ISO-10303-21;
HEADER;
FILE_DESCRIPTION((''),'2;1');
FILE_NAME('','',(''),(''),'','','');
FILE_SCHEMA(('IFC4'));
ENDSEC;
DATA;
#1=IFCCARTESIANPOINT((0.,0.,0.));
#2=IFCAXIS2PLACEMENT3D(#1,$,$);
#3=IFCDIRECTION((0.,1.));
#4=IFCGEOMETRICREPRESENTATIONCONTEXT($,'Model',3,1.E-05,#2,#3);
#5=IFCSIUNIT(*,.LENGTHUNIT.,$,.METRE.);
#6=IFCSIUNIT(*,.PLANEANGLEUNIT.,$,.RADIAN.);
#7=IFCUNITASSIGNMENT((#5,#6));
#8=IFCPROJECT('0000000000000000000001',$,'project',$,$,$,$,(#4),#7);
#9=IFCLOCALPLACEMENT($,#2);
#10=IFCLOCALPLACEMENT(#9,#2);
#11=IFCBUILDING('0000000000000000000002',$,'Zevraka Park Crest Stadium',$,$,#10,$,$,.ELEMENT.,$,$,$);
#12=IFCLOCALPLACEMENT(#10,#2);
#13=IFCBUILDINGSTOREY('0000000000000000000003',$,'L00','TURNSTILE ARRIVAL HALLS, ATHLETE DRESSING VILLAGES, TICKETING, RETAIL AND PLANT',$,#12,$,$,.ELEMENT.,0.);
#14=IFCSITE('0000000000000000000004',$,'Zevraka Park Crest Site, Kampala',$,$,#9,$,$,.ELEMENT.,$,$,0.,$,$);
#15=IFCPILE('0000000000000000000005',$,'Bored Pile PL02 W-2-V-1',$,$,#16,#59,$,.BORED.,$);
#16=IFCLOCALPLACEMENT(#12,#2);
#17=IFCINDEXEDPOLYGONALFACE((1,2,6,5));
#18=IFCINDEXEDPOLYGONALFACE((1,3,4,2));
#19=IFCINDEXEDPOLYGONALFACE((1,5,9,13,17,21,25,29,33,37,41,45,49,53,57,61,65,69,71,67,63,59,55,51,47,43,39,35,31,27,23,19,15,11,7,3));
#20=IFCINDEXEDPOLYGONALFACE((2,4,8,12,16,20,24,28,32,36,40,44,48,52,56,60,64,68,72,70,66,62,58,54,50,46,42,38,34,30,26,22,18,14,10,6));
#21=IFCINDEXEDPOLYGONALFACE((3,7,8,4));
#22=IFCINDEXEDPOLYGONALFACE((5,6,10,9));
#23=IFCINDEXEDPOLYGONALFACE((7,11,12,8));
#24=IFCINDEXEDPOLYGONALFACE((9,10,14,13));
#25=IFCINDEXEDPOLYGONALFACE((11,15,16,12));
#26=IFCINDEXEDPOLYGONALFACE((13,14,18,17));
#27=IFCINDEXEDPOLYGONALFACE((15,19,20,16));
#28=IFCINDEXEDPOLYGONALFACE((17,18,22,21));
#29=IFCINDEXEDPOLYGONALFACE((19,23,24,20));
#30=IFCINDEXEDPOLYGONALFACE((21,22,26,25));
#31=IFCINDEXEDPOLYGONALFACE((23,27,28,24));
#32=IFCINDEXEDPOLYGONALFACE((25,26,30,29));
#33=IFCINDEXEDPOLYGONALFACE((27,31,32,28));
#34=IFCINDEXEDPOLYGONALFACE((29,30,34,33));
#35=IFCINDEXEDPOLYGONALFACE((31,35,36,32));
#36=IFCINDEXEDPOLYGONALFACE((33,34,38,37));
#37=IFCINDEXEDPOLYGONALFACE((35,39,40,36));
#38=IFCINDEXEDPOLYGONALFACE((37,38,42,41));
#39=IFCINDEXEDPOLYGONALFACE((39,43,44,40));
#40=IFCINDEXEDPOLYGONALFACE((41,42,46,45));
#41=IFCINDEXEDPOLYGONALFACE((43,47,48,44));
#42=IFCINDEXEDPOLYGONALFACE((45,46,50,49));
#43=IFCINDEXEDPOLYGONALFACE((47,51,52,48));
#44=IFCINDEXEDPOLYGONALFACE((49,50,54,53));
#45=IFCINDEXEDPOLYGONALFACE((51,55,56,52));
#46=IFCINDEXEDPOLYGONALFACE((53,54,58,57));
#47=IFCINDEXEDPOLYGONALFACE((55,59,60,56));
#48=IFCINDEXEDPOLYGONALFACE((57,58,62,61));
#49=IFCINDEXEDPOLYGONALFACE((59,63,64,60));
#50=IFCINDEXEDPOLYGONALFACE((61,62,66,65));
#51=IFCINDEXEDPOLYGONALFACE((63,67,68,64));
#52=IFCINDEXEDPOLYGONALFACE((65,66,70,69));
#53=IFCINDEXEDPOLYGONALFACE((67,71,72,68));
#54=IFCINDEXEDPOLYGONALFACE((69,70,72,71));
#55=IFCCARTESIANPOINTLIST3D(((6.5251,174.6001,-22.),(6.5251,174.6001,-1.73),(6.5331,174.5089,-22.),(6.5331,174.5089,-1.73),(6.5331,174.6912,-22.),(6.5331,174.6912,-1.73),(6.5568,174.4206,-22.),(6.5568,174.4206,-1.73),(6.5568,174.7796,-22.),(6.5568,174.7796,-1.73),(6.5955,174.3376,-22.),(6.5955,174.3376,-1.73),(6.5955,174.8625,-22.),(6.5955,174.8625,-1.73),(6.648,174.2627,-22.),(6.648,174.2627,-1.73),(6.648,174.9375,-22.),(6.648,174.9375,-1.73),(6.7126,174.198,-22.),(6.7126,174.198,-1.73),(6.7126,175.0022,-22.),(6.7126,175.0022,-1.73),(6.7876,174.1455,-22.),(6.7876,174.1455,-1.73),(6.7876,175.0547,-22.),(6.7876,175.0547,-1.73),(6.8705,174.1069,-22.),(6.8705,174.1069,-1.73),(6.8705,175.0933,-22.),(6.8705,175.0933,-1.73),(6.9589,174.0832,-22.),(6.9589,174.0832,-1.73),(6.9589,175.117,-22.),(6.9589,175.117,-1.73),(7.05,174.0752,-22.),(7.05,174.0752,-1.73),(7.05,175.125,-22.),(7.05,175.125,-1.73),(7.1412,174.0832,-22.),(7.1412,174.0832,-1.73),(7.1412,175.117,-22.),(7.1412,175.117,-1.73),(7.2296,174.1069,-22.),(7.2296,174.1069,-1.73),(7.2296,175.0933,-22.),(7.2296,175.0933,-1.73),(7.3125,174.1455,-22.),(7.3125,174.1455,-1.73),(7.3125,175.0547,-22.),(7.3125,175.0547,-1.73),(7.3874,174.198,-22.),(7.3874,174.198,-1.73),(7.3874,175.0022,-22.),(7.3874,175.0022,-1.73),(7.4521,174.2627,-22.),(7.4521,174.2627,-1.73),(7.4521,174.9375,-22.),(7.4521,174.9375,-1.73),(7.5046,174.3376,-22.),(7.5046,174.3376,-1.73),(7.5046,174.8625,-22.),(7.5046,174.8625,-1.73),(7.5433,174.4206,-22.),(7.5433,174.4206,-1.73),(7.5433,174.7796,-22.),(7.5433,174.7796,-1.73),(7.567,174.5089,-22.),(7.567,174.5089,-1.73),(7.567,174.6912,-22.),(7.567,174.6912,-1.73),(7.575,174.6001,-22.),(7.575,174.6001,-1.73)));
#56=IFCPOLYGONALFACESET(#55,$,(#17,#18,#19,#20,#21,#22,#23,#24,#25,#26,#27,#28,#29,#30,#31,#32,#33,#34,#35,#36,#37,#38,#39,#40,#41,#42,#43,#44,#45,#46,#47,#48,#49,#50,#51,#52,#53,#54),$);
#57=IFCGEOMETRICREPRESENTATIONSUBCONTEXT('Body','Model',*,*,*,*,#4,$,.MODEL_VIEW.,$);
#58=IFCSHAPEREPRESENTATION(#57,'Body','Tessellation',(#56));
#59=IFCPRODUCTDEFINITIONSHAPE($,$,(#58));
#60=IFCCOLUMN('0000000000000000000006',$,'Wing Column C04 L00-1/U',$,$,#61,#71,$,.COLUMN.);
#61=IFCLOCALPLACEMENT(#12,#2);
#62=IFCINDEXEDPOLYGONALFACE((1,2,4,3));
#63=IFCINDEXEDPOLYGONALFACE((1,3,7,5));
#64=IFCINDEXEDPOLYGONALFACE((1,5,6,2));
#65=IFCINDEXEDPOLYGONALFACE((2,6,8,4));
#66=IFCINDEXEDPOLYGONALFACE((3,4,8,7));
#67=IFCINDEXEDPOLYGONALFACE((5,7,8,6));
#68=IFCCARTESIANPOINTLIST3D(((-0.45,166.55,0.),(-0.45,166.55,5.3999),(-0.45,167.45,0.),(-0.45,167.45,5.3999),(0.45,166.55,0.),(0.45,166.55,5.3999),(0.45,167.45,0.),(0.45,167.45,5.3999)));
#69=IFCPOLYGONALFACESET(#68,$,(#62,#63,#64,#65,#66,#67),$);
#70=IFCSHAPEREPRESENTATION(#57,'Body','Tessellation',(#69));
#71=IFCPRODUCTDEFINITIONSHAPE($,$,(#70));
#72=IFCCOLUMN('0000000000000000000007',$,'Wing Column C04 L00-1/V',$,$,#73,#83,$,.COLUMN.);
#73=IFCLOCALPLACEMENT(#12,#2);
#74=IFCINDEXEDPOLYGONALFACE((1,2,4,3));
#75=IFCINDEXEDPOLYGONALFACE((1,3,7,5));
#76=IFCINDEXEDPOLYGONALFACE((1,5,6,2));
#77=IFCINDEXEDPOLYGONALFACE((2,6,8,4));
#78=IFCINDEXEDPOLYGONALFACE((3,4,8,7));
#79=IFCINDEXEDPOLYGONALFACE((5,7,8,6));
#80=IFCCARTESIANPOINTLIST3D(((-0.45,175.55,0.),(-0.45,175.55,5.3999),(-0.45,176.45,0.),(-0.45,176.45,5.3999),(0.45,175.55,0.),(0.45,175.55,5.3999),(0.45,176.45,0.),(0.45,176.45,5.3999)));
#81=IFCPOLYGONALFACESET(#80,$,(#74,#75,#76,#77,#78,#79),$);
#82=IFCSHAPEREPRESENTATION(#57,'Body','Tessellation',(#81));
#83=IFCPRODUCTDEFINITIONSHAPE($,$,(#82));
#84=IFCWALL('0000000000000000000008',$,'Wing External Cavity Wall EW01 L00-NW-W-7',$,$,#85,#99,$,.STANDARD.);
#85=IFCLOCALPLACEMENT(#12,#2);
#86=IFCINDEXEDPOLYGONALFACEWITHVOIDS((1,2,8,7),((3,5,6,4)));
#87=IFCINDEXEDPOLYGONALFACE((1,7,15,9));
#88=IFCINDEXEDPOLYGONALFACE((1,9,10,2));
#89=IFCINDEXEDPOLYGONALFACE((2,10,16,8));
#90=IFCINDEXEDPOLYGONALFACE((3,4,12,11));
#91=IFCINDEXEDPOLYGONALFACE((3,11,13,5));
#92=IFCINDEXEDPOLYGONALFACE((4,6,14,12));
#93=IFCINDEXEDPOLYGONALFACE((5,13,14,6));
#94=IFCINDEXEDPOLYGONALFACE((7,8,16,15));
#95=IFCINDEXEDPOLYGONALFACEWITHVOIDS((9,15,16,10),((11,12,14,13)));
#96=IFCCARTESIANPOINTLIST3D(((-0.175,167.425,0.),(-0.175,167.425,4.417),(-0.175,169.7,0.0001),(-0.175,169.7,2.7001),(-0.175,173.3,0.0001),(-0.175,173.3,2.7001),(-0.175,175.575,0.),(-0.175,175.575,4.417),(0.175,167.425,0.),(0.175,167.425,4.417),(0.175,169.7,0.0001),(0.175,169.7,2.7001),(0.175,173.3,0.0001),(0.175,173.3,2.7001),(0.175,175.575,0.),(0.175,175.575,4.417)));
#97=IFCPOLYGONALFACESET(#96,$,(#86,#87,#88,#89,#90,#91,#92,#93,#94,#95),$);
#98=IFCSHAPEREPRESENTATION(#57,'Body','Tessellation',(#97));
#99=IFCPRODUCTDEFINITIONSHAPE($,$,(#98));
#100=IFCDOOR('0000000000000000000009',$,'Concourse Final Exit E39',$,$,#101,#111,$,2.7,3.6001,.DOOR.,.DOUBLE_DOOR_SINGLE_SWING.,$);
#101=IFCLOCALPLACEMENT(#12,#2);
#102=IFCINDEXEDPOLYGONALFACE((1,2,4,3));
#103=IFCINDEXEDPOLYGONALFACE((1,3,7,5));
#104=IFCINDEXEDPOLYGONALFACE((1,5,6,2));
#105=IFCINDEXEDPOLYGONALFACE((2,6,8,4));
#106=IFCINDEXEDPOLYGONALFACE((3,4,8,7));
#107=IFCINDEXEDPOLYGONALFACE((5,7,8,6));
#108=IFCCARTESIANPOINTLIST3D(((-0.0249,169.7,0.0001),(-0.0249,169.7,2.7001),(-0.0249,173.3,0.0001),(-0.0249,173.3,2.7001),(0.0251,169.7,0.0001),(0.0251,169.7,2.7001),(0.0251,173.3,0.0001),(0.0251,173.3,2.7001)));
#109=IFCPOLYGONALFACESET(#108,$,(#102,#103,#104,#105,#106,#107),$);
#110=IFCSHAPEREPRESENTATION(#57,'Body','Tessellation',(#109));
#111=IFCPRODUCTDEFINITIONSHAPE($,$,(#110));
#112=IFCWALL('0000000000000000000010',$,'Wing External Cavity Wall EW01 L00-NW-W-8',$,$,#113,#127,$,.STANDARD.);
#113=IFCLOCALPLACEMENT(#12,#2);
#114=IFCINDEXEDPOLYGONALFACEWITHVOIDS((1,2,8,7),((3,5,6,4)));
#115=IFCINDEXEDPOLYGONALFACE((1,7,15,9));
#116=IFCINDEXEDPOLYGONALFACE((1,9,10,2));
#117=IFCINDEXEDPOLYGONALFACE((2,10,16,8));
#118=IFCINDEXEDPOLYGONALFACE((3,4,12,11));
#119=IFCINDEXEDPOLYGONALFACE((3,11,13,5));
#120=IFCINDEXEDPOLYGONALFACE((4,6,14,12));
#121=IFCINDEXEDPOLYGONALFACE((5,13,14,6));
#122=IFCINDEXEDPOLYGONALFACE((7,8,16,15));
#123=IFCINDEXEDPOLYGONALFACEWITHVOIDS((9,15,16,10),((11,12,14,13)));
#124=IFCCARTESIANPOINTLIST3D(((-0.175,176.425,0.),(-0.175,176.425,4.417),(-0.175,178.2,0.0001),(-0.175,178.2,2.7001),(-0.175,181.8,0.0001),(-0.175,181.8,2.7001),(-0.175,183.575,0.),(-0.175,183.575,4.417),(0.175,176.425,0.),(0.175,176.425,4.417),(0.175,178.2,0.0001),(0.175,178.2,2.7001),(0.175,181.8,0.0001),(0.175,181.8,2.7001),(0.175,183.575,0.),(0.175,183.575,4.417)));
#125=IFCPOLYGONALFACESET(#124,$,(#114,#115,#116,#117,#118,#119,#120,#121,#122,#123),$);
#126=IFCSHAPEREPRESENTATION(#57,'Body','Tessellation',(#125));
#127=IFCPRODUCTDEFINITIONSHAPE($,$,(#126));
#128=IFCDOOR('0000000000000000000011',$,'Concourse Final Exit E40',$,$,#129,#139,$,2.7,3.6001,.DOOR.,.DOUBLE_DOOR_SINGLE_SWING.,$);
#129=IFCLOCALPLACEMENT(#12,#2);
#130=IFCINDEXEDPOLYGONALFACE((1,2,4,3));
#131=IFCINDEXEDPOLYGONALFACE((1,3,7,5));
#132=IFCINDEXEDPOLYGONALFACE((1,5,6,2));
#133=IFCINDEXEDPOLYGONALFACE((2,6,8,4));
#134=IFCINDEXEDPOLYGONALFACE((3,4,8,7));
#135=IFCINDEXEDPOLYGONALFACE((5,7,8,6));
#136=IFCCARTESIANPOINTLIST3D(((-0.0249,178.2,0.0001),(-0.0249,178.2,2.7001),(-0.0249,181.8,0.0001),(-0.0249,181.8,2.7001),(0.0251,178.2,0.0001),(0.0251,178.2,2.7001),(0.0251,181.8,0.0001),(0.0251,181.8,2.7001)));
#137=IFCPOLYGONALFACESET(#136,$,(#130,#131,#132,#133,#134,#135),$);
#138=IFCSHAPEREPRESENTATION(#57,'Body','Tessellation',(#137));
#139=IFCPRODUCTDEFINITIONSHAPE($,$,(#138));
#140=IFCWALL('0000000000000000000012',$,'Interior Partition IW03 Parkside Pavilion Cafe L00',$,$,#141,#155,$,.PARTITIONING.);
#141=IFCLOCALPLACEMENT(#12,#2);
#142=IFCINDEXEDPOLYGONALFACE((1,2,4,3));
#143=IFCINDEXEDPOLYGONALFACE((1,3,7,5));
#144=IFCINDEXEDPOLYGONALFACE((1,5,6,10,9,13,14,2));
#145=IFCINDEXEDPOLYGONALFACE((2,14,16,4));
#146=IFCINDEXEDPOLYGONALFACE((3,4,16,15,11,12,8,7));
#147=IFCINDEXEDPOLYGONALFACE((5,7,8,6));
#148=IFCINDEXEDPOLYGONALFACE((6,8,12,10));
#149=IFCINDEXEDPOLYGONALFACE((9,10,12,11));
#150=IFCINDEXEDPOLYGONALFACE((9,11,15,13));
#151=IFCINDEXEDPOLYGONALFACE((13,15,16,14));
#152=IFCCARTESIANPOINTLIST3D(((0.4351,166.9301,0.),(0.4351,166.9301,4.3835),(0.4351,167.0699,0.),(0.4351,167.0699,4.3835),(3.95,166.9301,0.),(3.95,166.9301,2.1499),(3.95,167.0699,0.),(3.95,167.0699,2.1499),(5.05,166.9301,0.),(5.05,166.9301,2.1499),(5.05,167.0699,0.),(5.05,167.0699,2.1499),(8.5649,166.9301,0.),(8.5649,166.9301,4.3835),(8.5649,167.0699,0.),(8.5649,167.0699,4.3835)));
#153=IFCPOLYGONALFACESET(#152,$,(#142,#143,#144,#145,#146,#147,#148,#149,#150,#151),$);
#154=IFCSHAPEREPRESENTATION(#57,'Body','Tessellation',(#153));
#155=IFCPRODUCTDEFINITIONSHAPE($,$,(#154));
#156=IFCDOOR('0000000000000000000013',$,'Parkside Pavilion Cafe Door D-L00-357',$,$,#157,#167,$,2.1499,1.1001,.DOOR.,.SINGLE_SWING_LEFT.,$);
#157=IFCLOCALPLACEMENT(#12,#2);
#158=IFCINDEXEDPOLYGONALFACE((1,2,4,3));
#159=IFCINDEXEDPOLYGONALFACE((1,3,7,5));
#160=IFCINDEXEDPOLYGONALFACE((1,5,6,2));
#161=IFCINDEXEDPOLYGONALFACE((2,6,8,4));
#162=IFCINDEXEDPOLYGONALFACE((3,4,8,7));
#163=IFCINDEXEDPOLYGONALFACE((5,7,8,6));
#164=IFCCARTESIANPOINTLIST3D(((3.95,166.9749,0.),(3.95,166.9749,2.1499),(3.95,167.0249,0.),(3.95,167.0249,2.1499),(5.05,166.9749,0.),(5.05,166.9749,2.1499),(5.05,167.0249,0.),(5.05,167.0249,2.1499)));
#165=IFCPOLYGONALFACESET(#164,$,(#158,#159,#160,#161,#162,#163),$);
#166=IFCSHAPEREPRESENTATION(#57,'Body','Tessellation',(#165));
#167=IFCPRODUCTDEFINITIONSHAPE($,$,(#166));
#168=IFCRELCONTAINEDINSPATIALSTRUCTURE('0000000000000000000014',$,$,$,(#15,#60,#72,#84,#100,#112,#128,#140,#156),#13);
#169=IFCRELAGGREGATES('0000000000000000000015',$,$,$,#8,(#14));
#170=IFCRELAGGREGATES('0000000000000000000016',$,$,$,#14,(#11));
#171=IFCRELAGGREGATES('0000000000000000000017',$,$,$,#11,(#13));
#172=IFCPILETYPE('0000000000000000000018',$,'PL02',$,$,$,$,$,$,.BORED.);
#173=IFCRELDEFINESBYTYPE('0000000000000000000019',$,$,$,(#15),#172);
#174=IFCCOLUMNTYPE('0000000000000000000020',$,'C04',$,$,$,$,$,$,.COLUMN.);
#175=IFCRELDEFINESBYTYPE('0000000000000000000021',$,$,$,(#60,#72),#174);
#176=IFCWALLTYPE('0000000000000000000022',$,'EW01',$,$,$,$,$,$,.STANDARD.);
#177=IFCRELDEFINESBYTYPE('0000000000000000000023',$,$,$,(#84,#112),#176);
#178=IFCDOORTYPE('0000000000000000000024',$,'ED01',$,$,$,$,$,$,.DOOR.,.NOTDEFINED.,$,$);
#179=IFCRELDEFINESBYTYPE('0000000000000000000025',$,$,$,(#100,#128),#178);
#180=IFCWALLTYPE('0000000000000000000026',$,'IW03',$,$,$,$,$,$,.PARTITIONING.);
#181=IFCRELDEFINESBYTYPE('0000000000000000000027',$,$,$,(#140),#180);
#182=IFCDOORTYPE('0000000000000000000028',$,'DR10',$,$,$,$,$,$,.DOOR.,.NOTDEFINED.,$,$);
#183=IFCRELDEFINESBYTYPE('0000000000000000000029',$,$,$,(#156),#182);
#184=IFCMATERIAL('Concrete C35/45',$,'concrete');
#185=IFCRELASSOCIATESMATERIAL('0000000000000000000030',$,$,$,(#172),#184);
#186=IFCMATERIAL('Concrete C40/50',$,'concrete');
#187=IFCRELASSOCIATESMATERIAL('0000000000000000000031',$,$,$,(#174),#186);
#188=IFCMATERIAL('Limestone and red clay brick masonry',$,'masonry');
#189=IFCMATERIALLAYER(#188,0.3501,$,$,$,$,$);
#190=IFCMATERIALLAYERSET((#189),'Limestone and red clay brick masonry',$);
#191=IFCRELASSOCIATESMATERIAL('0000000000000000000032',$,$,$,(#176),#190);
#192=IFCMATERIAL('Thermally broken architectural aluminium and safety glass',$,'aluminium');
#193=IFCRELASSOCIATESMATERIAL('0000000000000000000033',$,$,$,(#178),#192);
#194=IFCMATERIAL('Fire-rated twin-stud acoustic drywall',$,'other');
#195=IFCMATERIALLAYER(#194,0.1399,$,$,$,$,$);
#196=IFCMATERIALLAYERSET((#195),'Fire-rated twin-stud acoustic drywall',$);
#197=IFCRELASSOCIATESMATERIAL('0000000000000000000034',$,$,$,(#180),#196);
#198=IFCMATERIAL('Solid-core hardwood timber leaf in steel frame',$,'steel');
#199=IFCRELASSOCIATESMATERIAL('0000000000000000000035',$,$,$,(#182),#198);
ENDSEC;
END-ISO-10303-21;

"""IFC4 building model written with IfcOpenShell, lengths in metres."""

from ifc_helpers import new_model, si_unit, direction, frame, frame_2d, origin, origin_2d, place, context, subcontext, project, spatial, rectangle, circle, extrude, material, layer, layer_set, material_profile, profile_set, type_object, element, fill, save


model = new_model("IFC4")

# Units and contexts
model_context = context("Model", 3, precision=1e-05, world=origin(), true_north=direction((0.0, 1.0)))
body_context = subcontext(model_context, "Body", "Model", "MODEL_VIEW")
ifc_project = project(units=[si_unit("LENGTHUNIT", "METRE"), si_unit("PLANEANGLEUNIT", "RADIAN")], contexts=[model_context])

# Site, building, storey
site_placement = place(None, origin())
site = spatial("IfcSite", under=ifc_project, at=site_placement, Name="Zevraka Park Crest Site, Kampala", CompositionType="ELEMENT", RefElevation=0.0)
building_placement = place(site_placement, origin())
building = spatial("IfcBuilding", under=site, at=building_placement, Name="Zevraka Park Crest Stadium", CompositionType="ELEMENT")
storey_placement = place(building_placement, origin())
storey = spatial("IfcBuildingStorey", under=building, at=storey_placement, Name="L00", Description="TURNSTILE ARRIVAL HALLS, ATHLETE DRESSING VILLAGES, TICKETING, RETAIL AND PLANT", CompositionType="ELEMENT", Elevation=0.0)

# Pile
ifc_material_1 = material(Name="Concrete C35/45", Category="concrete")
ifc_material_profile_1 = material_profile(ifc_material_1, circle(Radius=0.5249, at=origin_2d()), Name="PILE D1050")
ifc_profile_set_1 = profile_set([ifc_material_profile_1], Name="Concrete C35/45")
pile_type_1 = type_object("IfcPileType", Name="PL02", PredefinedType="BORED", material=ifc_profile_set_1)
pile_placement = place(storey_placement, frame((7.05, 174.6001, -1.73), z_axis=(0.0, 0.0, -1.0), x_axis=(1.0, 0.0, 0.0)))
element("IfcPile", 1, at=pile_placement, inside=storey, type_object=pile_type_1, Name="Bored Pile PL02 W-2-V-1", PredefinedType="BORED", context=body_context, shape_type="SweptSolid", body=[
    extrude(circle(Radius=0.5249, at=origin_2d()), origin(), (0.0, 0.0, 1.0), 20.27),
])

# Columns
ifc_material_2 = material(Name="Concrete C40/50", Category="concrete")
ifc_material_profile_2 = material_profile(ifc_material_2, rectangle(XDim=0.8999, YDim=0.8999, at=origin_2d()), Name="RC 900x900")
ifc_profile_set_2 = profile_set([ifc_material_profile_2], Name="Concrete C40/50")
column_type = type_object("IfcColumnType", Name="C04", PredefinedType="COLUMN", material=ifc_profile_set_2)
for number, where, z_axis, x_axis, name in (
    (2, (0.0, 167.0, 0.0), (0.0, 0.0, 1.0), (1.0, 0.0, 0.0), "Wing Column C04 L00-1/U"),
    (3, (0.0, 176.0, 0.0), (0.0, 0.0, 1.0), (1.0, 0.0, 0.0), "Wing Column C04 L00-1/V"),
):
    element("IfcColumn", number, at=place(storey_placement, frame(where, z_axis=z_axis, x_axis=x_axis)), inside=storey, type_object=column_type, Name=name, PredefinedType="COLUMN", context=body_context, shape_type="SweptSolid", body=[
        extrude(rectangle(XDim=0.8999, YDim=0.8999, at=origin_2d()), origin(), (0.0, 0.0, 1.0), 5.3999),
    ])

# Walls, openings, doors
ifc_material_3 = material(Name="Limestone and red clay brick masonry", Category="masonry")
ifc_layer_1 = layer(ifc_material_3, 0.3501)
ifc_layer_set_1 = layer_set([ifc_layer_1], Name="Limestone and red clay brick masonry")
wall_type_1 = type_object("IfcWallType", Name="EW01", PredefinedType="STANDARD", material=ifc_layer_set_1)
wall_1_placement = place(storey_placement, frame((0.0, 167.425, 0.0), z_axis=(0.0, 0.0, 1.0), x_axis=(0.0, 1.0, 0.0)))
wall_1 = element("IfcWall", 4, at=wall_1_placement, inside=storey, type_object=wall_type_1, Name="Wing External Cavity Wall EW01 L00-NW-W-7", PredefinedType="STANDARD", context=body_context, shape_type="SweptSolid", body=[
    extrude(rectangle(XDim=8.1499, YDim=0.3501, at=frame_2d((4.075, 0.0))), origin(), (0.0, 0.0, 1.0), 4.417),
])
opening_1_placement = place(wall_1_placement, frame((2.2749, 0.0, 0.0)))
opening_1 = element("IfcOpeningElement", 5, at=opening_1_placement, cuts=wall_1, PredefinedType="OPENING", context=body_context, shape_type="SweptSolid", body=[
    extrude(rectangle(XDim=3.6001, YDim=2.7, at=frame_2d((1.8, 1.3501))), frame((0.0, 0.1851, 0.0), z_axis=(0.0, -1.0, 0.0), x_axis=(1.0, 0.0, 0.0)), (0.0, 0.0, 1.0), 0.3701),
])
ifc_material_4 = material(Name="Thermally broken architectural aluminium and safety glass", Category="aluminium")
door_type_1 = type_object("IfcDoorType", Name="ED01", OperationType="NOTDEFINED", PredefinedType="DOOR", material=ifc_material_4)
door_1_placement = place(opening_1_placement, origin())
door_1 = element("IfcDoor", 6, at=door_1_placement, inside=storey, type_object=door_type_1, Name="Concourse Final Exit E39", OperationType="DOUBLE_DOOR_SINGLE_SWING", OverallHeight=2.7, OverallWidth=3.6001, PredefinedType="DOOR", context=body_context, shape_type="SweptSolid", body=[
    extrude(rectangle(XDim=3.6001, YDim=2.7, at=frame_2d((1.8, 1.3501))), frame((0.0, 0.0249, 0.0), z_axis=(0.0, -1.0, 0.0), x_axis=(1.0, 0.0, 0.0)), (0.0, 0.0, 1.0), 0.05),
])
fill(opening_1, door_1)
wall_2_placement = place(storey_placement, frame((0.0, 176.425, 0.0), z_axis=(0.0, 0.0, 1.0), x_axis=(0.0, 1.0, 0.0)))
wall_2 = element("IfcWall", 7, at=wall_2_placement, inside=storey, type_object=wall_type_1, Name="Wing External Cavity Wall EW01 L00-NW-W-8", PredefinedType="STANDARD", context=body_context, shape_type="SweptSolid", body=[
    extrude(rectangle(XDim=7.1499, YDim=0.3501, at=frame_2d((3.575, 0.0))), origin(), (0.0, 0.0, 1.0), 4.417),
])
opening_2_placement = place(wall_2_placement, frame((1.7749, 0.0, 0.0)))
opening_2 = element("IfcOpeningElement", 8, at=opening_2_placement, cuts=wall_2, PredefinedType="OPENING", context=body_context, shape_type="SweptSolid", body=[
    extrude(rectangle(XDim=3.6001, YDim=2.7, at=frame_2d((1.8, 1.3501))), frame((0.0, 0.1851, 0.0), z_axis=(0.0, -1.0, 0.0), x_axis=(1.0, 0.0, 0.0)), (0.0, 0.0, 1.0), 0.3701),
])
door_2_placement = place(opening_2_placement, origin())
door_2 = element("IfcDoor", 9, at=door_2_placement, inside=storey, type_object=door_type_1, Name="Concourse Final Exit E40", OperationType="DOUBLE_DOOR_SINGLE_SWING", OverallHeight=2.7, OverallWidth=3.6001, PredefinedType="DOOR", context=body_context, shape_type="SweptSolid", body=[
    extrude(rectangle(XDim=3.6001, YDim=2.7, at=frame_2d((1.8, 1.3501))), frame((0.0, 0.0249, 0.0), z_axis=(0.0, -1.0, 0.0), x_axis=(1.0, 0.0, 0.0)), (0.0, 0.0, 1.0), 0.05),
])
fill(opening_2, door_2)
ifc_material_5 = material(Name="Fire-rated twin-stud acoustic drywall", Category="other")
ifc_layer_2 = layer(ifc_material_5, 0.1399)
ifc_layer_set_2 = layer_set([ifc_layer_2], Name="Fire-rated twin-stud acoustic drywall")
wall_type_2 = type_object("IfcWallType", Name="IW03", PredefinedType="PARTITIONING", material=ifc_layer_set_2)
wall_3_placement = place(storey_placement, frame((0.4351, 167.0, 0.0), z_axis=(0.0, 0.0, 1.0), x_axis=(1.0, 0.0, 0.0)))
wall_3 = element("IfcWall", 10, at=wall_3_placement, inside=storey, type_object=wall_type_2, Name="Interior Partition IW03 Parkside Pavilion Cafe L00", PredefinedType="PARTITIONING", context=body_context, shape_type="SweptSolid", body=[
    extrude(rectangle(XDim=8.1299, YDim=0.1399, at=frame_2d((4.0649, 0.0))), origin(), (0.0, 0.0, 1.0), 4.3835),
])
opening_3_placement = place(wall_3_placement, frame((3.5149, 0.0, 0.0)))
opening_3 = element("IfcOpeningElement", 11, at=opening_3_placement, cuts=wall_3, PredefinedType="OPENING", context=body_context, shape_type="SweptSolid", body=[
    extrude(rectangle(XDim=1.1001, YDim=2.1499, at=frame_2d((0.55, 1.075))), frame((0.0, 0.0798, 0.0), z_axis=(0.0, -1.0, 0.0), x_axis=(1.0, 0.0, 0.0)), (0.0, 0.0, 1.0), 0.1599),
])
ifc_material_6 = material(Name="Solid-core hardwood timber leaf in steel frame", Category="steel")
door_type_2 = type_object("IfcDoorType", Name="DR10", OperationType="NOTDEFINED", PredefinedType="DOOR", material=ifc_material_6)
door_3_placement = place(opening_3_placement, origin())
door_3 = element("IfcDoor", 12, at=door_3_placement, inside=storey, type_object=door_type_2, Name="Parkside Pavilion Cafe Door D-L00-357", OperationType="SINGLE_SWING_LEFT", OverallHeight=2.1499, OverallWidth=1.1001, PredefinedType="DOOR", context=body_context, shape_type="SweptSolid", body=[
    extrude(rectangle(XDim=1.1001, YDim=2.1499, at=frame_2d((0.55, 1.075))), frame((0.0, 0.0249, 0.0), z_axis=(0.0, -1.0, 0.0), x_axis=(1.0, 0.0, 0.0)), (0.0, 0.0, 1.0), 0.05),
])
fill(opening_3, door_3)

save(model, "model.ifc")
